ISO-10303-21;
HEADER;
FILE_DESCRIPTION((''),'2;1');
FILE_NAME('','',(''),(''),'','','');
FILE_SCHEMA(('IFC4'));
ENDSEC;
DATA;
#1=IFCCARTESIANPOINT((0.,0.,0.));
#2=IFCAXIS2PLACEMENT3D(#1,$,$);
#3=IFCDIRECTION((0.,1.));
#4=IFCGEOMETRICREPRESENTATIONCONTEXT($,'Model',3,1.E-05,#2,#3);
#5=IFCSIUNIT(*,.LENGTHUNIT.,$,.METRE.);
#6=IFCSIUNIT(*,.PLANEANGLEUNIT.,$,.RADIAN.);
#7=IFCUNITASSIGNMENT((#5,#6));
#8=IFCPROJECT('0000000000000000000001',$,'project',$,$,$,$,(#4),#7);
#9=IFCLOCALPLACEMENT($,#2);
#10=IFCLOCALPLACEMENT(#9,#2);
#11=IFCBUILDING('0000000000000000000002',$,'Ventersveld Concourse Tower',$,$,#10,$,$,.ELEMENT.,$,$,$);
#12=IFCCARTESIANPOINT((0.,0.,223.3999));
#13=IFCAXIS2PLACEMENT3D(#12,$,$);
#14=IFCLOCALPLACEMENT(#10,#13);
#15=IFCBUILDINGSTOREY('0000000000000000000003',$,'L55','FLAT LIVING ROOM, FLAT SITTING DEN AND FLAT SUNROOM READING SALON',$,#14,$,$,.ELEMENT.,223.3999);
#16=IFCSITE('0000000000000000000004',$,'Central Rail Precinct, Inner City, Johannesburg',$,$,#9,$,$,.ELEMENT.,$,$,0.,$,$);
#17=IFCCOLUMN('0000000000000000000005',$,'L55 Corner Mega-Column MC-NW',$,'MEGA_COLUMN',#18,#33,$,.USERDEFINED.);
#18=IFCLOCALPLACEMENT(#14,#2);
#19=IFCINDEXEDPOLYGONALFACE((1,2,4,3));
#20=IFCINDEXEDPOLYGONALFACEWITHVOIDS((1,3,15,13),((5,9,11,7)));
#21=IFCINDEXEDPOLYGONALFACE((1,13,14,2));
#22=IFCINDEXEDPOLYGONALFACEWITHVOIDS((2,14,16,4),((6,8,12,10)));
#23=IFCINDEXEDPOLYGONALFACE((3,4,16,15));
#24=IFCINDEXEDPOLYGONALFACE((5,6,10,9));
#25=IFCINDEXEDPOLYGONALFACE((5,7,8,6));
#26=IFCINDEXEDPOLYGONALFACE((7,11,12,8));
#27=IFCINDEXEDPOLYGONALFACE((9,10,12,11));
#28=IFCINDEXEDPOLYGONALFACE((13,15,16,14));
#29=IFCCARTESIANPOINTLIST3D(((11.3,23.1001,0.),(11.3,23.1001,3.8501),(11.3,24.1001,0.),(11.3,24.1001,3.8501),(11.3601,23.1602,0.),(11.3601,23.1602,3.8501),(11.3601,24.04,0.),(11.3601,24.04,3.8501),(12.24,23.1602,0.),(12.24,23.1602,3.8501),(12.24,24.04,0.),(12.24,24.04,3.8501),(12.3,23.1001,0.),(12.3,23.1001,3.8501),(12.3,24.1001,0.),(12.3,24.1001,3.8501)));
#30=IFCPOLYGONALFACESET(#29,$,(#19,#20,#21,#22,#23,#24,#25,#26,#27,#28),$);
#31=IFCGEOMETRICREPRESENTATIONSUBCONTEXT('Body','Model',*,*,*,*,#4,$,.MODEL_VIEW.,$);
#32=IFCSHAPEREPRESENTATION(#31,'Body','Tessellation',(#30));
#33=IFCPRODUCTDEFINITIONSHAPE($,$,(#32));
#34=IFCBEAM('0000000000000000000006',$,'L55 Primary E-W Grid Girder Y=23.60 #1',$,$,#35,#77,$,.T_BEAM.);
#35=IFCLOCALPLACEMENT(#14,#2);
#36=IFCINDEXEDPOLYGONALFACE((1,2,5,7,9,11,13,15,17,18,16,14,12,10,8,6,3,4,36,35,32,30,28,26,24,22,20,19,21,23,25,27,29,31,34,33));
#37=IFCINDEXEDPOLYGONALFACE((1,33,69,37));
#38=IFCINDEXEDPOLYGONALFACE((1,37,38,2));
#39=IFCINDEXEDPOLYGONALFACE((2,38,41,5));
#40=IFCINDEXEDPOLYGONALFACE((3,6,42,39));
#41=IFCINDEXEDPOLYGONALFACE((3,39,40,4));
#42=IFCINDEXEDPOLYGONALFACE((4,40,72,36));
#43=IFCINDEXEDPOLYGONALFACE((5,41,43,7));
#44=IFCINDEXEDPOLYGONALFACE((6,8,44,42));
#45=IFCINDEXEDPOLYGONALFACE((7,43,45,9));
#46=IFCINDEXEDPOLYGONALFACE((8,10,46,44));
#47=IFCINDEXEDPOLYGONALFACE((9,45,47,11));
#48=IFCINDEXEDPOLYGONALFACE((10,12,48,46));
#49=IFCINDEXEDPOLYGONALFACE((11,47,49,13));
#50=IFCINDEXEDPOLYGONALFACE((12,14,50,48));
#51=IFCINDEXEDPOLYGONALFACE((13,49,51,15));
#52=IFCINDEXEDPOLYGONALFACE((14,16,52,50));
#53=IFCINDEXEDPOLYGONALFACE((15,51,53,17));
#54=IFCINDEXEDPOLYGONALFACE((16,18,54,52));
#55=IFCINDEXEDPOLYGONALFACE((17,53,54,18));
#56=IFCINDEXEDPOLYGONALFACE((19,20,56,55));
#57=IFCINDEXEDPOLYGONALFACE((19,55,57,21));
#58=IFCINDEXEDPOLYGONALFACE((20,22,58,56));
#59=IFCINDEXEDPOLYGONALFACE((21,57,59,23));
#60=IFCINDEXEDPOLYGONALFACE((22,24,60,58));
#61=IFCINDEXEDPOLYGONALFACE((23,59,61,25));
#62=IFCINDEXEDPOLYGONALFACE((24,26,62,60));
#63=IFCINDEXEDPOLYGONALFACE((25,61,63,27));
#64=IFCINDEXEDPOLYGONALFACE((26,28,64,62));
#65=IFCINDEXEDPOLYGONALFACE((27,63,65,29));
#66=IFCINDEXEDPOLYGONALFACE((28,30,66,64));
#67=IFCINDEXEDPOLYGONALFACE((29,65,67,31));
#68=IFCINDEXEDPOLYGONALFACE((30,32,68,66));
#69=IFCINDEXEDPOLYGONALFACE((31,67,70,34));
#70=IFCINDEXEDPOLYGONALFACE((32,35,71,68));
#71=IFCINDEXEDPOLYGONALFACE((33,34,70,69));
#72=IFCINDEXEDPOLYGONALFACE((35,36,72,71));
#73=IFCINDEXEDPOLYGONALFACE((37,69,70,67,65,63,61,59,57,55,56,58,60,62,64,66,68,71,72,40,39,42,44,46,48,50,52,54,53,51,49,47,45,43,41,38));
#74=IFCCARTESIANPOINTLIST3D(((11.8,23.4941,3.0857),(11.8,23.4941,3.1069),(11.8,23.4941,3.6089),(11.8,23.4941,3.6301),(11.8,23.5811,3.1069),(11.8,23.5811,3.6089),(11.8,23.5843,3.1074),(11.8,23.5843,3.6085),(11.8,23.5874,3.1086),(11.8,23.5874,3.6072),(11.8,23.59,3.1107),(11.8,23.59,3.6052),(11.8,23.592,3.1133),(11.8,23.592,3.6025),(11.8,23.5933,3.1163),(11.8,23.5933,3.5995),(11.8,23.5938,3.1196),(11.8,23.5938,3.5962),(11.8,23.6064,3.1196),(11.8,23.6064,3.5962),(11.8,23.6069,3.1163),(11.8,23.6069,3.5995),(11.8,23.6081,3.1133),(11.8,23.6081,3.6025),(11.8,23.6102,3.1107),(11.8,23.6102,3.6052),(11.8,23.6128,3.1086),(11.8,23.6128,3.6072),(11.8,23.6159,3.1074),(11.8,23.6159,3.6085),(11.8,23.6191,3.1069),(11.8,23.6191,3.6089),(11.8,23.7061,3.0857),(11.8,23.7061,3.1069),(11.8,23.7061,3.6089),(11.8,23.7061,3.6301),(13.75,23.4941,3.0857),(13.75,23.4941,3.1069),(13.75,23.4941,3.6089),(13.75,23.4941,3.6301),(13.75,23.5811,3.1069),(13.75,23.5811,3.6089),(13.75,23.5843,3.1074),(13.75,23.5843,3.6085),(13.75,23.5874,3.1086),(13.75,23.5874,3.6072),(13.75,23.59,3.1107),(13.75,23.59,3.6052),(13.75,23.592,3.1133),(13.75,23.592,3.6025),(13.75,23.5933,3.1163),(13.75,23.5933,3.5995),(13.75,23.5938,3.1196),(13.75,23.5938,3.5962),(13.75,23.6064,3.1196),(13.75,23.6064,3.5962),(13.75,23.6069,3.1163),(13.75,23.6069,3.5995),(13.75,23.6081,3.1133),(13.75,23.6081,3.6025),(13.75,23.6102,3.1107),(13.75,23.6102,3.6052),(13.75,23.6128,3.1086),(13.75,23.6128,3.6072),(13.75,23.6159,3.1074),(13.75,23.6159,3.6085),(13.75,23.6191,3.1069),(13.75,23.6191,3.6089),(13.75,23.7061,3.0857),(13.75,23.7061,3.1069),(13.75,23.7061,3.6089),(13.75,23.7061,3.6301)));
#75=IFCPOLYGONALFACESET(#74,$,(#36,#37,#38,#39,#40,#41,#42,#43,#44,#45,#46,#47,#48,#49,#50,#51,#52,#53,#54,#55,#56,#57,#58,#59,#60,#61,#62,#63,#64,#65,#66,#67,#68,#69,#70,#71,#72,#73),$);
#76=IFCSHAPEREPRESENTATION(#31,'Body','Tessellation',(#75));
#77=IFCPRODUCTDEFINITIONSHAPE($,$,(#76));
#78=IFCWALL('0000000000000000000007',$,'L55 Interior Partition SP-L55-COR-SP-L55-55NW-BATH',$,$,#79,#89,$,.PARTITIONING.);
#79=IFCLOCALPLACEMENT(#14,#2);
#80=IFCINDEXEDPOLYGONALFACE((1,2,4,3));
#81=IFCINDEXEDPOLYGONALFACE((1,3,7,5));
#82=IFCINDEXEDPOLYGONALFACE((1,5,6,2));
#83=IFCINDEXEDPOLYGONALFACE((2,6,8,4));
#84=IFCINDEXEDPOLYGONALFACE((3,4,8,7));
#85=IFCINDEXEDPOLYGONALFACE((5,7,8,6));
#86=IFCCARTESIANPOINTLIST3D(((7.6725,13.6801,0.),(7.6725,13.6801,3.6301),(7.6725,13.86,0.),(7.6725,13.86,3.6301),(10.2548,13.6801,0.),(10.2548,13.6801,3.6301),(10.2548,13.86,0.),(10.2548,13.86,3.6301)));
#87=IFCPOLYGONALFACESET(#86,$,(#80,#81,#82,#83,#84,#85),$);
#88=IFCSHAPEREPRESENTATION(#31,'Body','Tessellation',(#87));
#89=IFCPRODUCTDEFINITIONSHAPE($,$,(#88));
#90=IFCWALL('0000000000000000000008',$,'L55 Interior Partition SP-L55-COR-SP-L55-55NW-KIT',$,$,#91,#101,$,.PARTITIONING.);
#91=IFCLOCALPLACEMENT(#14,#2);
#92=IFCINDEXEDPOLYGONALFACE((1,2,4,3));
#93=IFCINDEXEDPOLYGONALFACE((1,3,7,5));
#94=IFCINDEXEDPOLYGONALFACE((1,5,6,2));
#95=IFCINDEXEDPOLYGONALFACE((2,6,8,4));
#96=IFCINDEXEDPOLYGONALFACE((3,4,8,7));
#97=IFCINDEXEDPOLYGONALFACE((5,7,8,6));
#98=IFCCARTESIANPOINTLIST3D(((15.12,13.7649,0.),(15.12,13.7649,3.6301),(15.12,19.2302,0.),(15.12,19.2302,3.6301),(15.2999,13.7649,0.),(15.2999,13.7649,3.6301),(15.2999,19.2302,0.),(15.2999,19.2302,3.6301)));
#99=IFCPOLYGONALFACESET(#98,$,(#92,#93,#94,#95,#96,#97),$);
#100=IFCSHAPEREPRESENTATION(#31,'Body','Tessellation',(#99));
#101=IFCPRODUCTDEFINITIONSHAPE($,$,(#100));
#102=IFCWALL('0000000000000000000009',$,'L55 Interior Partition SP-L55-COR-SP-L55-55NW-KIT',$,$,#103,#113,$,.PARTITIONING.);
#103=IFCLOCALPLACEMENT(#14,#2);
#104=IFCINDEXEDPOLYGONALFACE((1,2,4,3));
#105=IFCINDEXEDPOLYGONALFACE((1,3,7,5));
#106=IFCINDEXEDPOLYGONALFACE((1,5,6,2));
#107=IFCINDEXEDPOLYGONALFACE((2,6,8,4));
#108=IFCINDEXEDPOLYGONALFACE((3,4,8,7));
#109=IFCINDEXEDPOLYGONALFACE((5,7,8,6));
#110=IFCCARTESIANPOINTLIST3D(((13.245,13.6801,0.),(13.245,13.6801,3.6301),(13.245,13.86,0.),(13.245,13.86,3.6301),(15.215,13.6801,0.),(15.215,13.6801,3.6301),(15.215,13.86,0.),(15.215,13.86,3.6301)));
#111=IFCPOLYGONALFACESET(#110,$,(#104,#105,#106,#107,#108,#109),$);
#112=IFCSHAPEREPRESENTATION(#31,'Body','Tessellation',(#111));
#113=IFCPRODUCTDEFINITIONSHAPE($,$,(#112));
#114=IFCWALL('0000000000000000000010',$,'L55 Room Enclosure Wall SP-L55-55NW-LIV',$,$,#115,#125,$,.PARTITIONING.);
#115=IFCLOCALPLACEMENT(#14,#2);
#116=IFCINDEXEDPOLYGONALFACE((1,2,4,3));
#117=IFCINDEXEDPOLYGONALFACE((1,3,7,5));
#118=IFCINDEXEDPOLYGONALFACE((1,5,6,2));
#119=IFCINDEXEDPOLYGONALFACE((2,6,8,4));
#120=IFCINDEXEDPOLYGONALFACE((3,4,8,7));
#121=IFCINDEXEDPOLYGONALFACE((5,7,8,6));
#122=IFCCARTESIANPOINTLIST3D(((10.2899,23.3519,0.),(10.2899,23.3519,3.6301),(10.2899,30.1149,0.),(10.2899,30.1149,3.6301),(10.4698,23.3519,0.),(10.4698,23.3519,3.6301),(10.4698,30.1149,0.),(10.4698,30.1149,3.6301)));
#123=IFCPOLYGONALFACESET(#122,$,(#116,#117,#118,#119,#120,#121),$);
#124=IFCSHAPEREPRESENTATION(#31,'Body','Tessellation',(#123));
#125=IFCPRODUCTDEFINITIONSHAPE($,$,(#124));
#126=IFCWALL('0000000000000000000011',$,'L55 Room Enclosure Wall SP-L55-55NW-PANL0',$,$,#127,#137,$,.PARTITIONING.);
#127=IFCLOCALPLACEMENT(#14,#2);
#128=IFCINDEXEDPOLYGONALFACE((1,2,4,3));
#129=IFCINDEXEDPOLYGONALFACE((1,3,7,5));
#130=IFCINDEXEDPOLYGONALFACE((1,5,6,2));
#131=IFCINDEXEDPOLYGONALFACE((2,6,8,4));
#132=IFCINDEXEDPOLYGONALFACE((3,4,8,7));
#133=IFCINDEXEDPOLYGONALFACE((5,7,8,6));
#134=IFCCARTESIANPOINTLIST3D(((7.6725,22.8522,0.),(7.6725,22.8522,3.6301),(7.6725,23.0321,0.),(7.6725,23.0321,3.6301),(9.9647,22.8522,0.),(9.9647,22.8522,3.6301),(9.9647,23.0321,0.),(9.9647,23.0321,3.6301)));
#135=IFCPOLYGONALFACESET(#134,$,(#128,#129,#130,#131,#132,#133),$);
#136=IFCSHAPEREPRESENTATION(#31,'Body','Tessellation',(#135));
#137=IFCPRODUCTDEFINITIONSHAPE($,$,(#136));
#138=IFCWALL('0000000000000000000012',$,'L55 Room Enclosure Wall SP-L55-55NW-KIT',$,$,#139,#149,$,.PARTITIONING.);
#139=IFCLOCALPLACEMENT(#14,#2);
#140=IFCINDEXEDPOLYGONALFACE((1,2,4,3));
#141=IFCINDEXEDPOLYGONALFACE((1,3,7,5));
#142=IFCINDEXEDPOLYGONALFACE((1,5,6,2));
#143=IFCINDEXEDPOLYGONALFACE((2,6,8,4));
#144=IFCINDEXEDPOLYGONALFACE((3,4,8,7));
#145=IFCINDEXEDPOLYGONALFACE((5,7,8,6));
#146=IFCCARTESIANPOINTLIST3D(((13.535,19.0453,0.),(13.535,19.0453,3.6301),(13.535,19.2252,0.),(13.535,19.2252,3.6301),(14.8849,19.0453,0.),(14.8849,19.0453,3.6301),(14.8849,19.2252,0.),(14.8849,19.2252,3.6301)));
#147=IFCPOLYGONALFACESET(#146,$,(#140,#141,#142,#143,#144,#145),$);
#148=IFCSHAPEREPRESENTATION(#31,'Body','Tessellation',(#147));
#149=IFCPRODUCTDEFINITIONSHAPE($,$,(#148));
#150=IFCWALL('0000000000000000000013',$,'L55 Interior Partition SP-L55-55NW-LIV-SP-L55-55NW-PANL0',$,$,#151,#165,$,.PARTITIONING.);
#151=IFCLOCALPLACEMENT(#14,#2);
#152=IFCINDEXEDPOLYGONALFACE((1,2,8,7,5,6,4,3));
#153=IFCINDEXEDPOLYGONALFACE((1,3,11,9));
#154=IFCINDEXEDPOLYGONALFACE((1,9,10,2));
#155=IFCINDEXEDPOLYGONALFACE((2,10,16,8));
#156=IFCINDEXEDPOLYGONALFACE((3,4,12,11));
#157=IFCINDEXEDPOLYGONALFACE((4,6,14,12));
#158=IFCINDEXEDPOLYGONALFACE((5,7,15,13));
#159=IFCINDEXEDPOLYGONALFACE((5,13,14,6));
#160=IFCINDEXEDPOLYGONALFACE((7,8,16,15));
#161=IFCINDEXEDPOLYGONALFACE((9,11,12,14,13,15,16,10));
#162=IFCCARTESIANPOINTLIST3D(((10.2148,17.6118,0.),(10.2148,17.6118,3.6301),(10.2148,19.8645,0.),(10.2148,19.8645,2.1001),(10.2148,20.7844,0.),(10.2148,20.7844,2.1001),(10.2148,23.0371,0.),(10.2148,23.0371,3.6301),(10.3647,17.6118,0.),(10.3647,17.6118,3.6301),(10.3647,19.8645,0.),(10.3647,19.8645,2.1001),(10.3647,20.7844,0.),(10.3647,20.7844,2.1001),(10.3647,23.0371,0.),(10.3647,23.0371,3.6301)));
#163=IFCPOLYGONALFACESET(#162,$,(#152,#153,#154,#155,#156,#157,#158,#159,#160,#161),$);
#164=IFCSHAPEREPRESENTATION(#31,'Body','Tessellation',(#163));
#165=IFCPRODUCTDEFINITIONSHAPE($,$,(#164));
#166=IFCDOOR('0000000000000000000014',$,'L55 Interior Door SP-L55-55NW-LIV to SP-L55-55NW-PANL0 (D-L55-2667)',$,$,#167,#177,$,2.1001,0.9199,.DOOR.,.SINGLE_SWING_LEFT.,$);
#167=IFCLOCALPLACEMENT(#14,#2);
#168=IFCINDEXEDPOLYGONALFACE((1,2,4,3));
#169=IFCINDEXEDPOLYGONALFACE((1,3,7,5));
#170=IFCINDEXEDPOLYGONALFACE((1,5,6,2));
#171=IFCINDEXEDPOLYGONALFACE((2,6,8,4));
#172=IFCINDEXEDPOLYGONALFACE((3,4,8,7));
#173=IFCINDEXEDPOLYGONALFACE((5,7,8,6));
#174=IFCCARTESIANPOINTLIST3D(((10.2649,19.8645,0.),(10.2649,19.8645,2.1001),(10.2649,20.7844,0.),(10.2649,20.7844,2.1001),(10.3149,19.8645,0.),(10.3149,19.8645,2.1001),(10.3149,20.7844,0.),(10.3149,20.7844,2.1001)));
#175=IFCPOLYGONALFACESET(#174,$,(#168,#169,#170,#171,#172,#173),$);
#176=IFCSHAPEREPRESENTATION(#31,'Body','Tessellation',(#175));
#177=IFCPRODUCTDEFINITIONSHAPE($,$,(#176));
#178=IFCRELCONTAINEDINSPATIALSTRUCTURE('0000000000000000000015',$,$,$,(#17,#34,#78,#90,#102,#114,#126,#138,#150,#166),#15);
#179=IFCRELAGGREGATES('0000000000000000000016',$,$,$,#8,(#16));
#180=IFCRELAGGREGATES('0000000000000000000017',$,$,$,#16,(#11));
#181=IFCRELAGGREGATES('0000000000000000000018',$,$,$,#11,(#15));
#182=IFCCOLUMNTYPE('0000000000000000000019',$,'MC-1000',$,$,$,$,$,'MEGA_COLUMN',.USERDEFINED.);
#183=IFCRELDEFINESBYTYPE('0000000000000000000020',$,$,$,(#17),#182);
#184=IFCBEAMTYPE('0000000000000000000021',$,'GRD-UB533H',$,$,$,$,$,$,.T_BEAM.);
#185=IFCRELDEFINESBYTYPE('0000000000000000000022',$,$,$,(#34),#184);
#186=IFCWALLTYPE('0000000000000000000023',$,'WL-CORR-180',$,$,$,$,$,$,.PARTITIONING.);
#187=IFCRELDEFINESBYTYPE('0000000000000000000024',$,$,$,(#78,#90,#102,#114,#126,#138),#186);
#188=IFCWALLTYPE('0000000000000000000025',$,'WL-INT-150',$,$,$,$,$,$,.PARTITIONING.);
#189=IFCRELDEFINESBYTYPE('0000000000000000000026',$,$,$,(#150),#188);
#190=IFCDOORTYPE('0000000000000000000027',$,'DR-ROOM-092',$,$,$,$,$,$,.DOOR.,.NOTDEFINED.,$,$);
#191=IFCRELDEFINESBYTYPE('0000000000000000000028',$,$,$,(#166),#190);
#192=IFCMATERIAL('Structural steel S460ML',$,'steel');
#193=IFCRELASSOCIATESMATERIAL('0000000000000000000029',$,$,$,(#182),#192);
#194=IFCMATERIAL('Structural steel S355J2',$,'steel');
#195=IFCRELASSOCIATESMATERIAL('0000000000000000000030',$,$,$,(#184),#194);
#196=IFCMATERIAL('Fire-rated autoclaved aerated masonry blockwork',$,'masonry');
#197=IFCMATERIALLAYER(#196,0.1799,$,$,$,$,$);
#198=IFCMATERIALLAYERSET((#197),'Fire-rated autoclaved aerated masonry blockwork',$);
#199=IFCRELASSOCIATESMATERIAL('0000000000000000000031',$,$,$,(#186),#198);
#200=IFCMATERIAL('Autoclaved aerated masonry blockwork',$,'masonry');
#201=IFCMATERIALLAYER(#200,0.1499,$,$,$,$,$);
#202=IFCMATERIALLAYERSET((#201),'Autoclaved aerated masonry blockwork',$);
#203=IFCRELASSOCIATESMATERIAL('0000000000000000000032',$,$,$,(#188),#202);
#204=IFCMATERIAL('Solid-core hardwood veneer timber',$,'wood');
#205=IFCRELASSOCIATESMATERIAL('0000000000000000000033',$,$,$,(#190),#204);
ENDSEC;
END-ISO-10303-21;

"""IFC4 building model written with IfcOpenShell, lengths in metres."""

from ifc_helpers import new_model, si_unit, direction, frame, frame_2d, origin, origin_2d, place, context, subcontext, project, spatial, rectangle, hollow_rectangle, i_section, extrude, material, layer, layer_set, material_profile, profile_set, type_object, element, fill, save


model = new_model("IFC4")

# Units and contexts
model_context = context("Model", 3, precision=1e-05, world=origin(), true_north=direction((0.0, 1.0)))
body_context = subcontext(model_context, "Body", "Model", "MODEL_VIEW")
ifc_project = project(units=[si_unit("LENGTHUNIT", "METRE"), si_unit("PLANEANGLEUNIT", "RADIAN")], contexts=[model_context])

# Site, building, storey
site_placement = place(None, origin())
site = spatial("IfcSite", under=ifc_project, at=site_placement, Name="Central Rail Precinct, Inner City, Johannesburg", CompositionType="ELEMENT", RefElevation=0.0)
building_placement = place(site_placement, origin())
building = spatial("IfcBuilding", under=site, at=building_placement, Name="Ventersveld Concourse Tower", CompositionType="ELEMENT")
storey_placement = place(building_placement, frame((0.0, 0.0, 223.3999)))
storey = spatial("IfcBuildingStorey", under=building, at=storey_placement, Name="L55", Description="FLAT LIVING ROOM, FLAT SITTING DEN AND FLAT SUNROOM READING SALON", CompositionType="ELEMENT", Elevation=223.3999)

# Column
ifc_material_1 = material(Name="Structural steel S460ML", Category="steel")
ifc_material_profile_1 = material_profile(ifc_material_1, hollow_rectangle(XDim=1.0, YDim=1.0, WallThickness=0.0601, at=origin_2d()), Name="BOX 1000x1000x60")
ifc_profile_set_1 = profile_set([ifc_material_profile_1], Name="Structural steel S460ML")
column_type = type_object("IfcColumnType", Name="MC-1000", ElementType="MEGA_COLUMN", PredefinedType="USERDEFINED", material=ifc_profile_set_1)
column_placement = place(storey_placement, frame((11.8, 23.6001, 0.0), z_axis=(0.0, 0.0, 1.0), x_axis=(1.0, 0.0, 0.0)))
element("IfcColumn", 1, at=column_placement, inside=storey, type_object=column_type, Name="L55 Corner Mega-Column MC-NW", ObjectType="MEGA_COLUMN", PredefinedType="USERDEFINED", context=body_context, shape_type="SweptSolid", body=[
    extrude(hollow_rectangle(XDim=1.0, YDim=1.0, WallThickness=0.0601, at=origin_2d()), origin(), (0.0, 0.0, 1.0), 3.8501),
])

# Beam
ifc_material_2 = material(Name="Structural steel S355J2", Category="steel")
ifc_material_profile_2 = material_profile(ifc_material_2, i_section(OverallWidth=0.2119, OverallDepth=0.5444, WebThickness=0.0127, FlangeThickness=0.0212, FilletRadius=0.0127, at=origin_2d()), Name="UB 533x210x122")
ifc_profile_set_2 = profile_set([ifc_material_profile_2], Name="Structural steel S355J2")
beam_type = type_object("IfcBeamType", Name="GRD-UB533H", PredefinedType="T_BEAM", material=ifc_profile_set_2)
beam_placement = place(storey_placement, frame((11.8, 23.6001, 3.3579), z_axis=(1.0, 0.0, 0.0), x_axis=(0.0, 1.0, 0.0)))
element("IfcBeam", 2, at=beam_placement, inside=storey, type_object=beam_type, Name="L55 Primary E-W Grid Girder Y=23.60 #1", PredefinedType="T_BEAM", context=body_context, shape_type="SweptSolid", body=[
    extrude(i_section(OverallWidth=0.2119, OverallDepth=0.5444, WebThickness=0.0127, FlangeThickness=0.0212, FilletRadius=0.0127, at=origin_2d()), origin(), (0.0, 0.0, 1.0), 1.95),
])

# Shared definitions
ifc_material_3 = material(Name="Fire-rated autoclaved aerated masonry blockwork", Category="masonry")
ifc_layer_1 = layer(ifc_material_3, 0.1799)
ifc_layer_set_1 = layer_set([ifc_layer_1], Name="Fire-rated autoclaved aerated masonry blockwork")
wall_type_1 = type_object("IfcWallType", Name="WL-CORR-180", PredefinedType="PARTITIONING", material=ifc_layer_set_1)
ifc_material_4 = material(Name="Solid-core hardwood veneer timber", Category="wood")

# Walls
wall_1_placement = place(storey_placement, frame((7.6726, 13.77, 0.0), z_axis=(0.0, 0.0, 1.0), x_axis=(1.0, 0.0, 0.0)))
element("IfcWall", 3, at=wall_1_placement, inside=storey, type_object=wall_type_1, Name="L55 Interior Partition SP-L55-COR-SP-L55-55NW-BATH", PredefinedType="PARTITIONING", context=body_context, shape_type="SweptSolid", body=[
    extrude(rectangle(XDim=2.5823, YDim=0.1799, at=frame_2d((1.291, 0.0))), origin(), (0.0, 0.0, 1.0), 3.6301),
])
wall_2_placement = place(storey_placement, frame((15.21, 13.7649, 0.0), z_axis=(0.0, 0.0, 1.0), x_axis=(0.0, 1.0, 0.0)))
element("IfcWall", 4, at=wall_2_placement, inside=storey, type_object=wall_type_1, Name="L55 Interior Partition SP-L55-COR-SP-L55-55NW-KIT", PredefinedType="PARTITIONING", context=body_context, shape_type="SweptSolid", body=[
    extrude(rectangle(XDim=5.4653, YDim=0.1799, at=frame_2d((2.7327, 0.0))), origin(), (0.0, 0.0, 1.0), 3.6301),
])
wall_3_placement = place(storey_placement, frame((13.2451, 13.77, 0.0), z_axis=(0.0, 0.0, 1.0), x_axis=(1.0, 0.0, 0.0)))
element("IfcWall", 5, at=wall_3_placement, inside=storey, type_object=wall_type_1, Name="L55 Interior Partition SP-L55-COR-SP-L55-55NW-KIT", PredefinedType="PARTITIONING", context=body_context, shape_type="SweptSolid", body=[
    extrude(rectangle(XDim=1.97, YDim=0.1799, at=frame_2d((0.9849, 0.0))), origin(), (0.0, 0.0, 1.0), 3.6301),
])
wall_4_placement = place(storey_placement, frame((10.3799, 23.3521, 0.0), z_axis=(0.0, 0.0, 1.0), x_axis=(0.0, 1.0, 0.0)))
element("IfcWall", 6, at=wall_4_placement, inside=storey, type_object=wall_type_1, Name="L55 Room Enclosure Wall SP-L55-55NW-LIV", PredefinedType="PARTITIONING", context=body_context, shape_type="SweptSolid", body=[
    extrude(rectangle(XDim=6.7629, YDim=0.1799, at=frame_2d((3.3813, 0.0))), origin(), (0.0, 0.0, 1.0), 3.6301),
])
wall_5_placement = place(storey_placement, frame((7.6726, 22.9421, 0.0), z_axis=(0.0, 0.0, 1.0), x_axis=(1.0, 0.0, 0.0)))
element("IfcWall", 7, at=wall_5_placement, inside=storey, type_object=wall_type_1, Name="L55 Room Enclosure Wall SP-L55-55NW-PANL0", PredefinedType="PARTITIONING", context=body_context, shape_type="SweptSolid", body=[
    extrude(rectangle(XDim=2.2922, YDim=0.1799, at=frame_2d((1.146, 0.0))), origin(), (0.0, 0.0, 1.0), 3.6301),
])
wall_6_placement = place(storey_placement, frame((13.5352, 19.1353, 0.0), z_axis=(0.0, 0.0, 1.0), x_axis=(1.0, 0.0, 0.0)))
element("IfcWall", 8, at=wall_6_placement, inside=storey, type_object=wall_type_1, Name="L55 Room Enclosure Wall SP-L55-55NW-KIT", PredefinedType="PARTITIONING", context=body_context, shape_type="SweptSolid", body=[
    extrude(rectangle(XDim=1.3499, YDim=0.1799, at=frame_2d((0.6748, 0.0))), origin(), (0.0, 0.0, 1.0), 3.6301),
])

# Wall, opening, door
ifc_material_5 = material(Name="Autoclaved aerated masonry blockwork", Category="masonry")
ifc_layer_2 = layer(ifc_material_5, 0.1499)
ifc_layer_set_2 = layer_set([ifc_layer_2], Name="Autoclaved aerated masonry blockwork")
wall_type_2 = type_object("IfcWallType", Name="WL-INT-150", PredefinedType="PARTITIONING", material=ifc_layer_set_2)
wall_7_placement = place(storey_placement, frame((10.2898, 17.6118, 0.0), z_axis=(0.0, 0.0, 1.0), x_axis=(0.0, 1.0, 0.0)))
wall_7 = element("IfcWall", 9, at=wall_7_placement, inside=storey, type_object=wall_type_2, Name="L55 Interior Partition SP-L55-55NW-LIV-SP-L55-55NW-PANL0", PredefinedType="PARTITIONING", context=body_context, shape_type="SweptSolid", body=[
    extrude(rectangle(XDim=5.4253, YDim=0.1499, at=frame_2d((2.7126, 0.0))), origin(), (0.0, 0.0, 1.0), 3.6301),
])
opening_1_placement = place(wall_7_placement, frame((2.2527, 0.0, 0.0)))
opening_1 = element("IfcOpeningElement", 10, at=opening_1_placement, cuts=wall_7, PredefinedType="OPENING", context=body_context, shape_type="SweptSolid", body=[
    extrude(rectangle(XDim=0.9199, YDim=2.1001, at=frame_2d((0.46, 1.05))), frame((0.0, 0.085, 0.0), z_axis=(0.0, -1.0, 0.0), x_axis=(1.0, 0.0, 0.0)), (0.0, 0.0, 1.0), 0.1699),
])
door_type_1 = type_object("IfcDoorType", Name="DR-ROOM-092", OperationType="NOTDEFINED", PredefinedType="DOOR", material=ifc_material_4)
door_1_placement = place(opening_1_placement, origin())
door_1 = element("IfcDoor", 11, at=door_1_placement, inside=storey, type_object=door_type_1, Name="L55 Interior Door SP-L55-55NW-LIV to SP-L55-55NW-PANL0 (D-L55-2667)", OperationType="SINGLE_SWING_LEFT", OverallHeight=2.1001, OverallWidth=0.9199, PredefinedType="DOOR", context=body_context, shape_type="SweptSolid", body=[
    extrude(rectangle(XDim=0.9199, YDim=2.1001, at=frame_2d((0.46, 1.05))), frame((0.0, 0.0249, 0.0), z_axis=(0.0, -1.0, 0.0), x_axis=(1.0, 0.0, 0.0)), (0.0, 0.0, 1.0), 0.05),
])
fill(opening_1, door_1)

save(model, "model.ifc")
